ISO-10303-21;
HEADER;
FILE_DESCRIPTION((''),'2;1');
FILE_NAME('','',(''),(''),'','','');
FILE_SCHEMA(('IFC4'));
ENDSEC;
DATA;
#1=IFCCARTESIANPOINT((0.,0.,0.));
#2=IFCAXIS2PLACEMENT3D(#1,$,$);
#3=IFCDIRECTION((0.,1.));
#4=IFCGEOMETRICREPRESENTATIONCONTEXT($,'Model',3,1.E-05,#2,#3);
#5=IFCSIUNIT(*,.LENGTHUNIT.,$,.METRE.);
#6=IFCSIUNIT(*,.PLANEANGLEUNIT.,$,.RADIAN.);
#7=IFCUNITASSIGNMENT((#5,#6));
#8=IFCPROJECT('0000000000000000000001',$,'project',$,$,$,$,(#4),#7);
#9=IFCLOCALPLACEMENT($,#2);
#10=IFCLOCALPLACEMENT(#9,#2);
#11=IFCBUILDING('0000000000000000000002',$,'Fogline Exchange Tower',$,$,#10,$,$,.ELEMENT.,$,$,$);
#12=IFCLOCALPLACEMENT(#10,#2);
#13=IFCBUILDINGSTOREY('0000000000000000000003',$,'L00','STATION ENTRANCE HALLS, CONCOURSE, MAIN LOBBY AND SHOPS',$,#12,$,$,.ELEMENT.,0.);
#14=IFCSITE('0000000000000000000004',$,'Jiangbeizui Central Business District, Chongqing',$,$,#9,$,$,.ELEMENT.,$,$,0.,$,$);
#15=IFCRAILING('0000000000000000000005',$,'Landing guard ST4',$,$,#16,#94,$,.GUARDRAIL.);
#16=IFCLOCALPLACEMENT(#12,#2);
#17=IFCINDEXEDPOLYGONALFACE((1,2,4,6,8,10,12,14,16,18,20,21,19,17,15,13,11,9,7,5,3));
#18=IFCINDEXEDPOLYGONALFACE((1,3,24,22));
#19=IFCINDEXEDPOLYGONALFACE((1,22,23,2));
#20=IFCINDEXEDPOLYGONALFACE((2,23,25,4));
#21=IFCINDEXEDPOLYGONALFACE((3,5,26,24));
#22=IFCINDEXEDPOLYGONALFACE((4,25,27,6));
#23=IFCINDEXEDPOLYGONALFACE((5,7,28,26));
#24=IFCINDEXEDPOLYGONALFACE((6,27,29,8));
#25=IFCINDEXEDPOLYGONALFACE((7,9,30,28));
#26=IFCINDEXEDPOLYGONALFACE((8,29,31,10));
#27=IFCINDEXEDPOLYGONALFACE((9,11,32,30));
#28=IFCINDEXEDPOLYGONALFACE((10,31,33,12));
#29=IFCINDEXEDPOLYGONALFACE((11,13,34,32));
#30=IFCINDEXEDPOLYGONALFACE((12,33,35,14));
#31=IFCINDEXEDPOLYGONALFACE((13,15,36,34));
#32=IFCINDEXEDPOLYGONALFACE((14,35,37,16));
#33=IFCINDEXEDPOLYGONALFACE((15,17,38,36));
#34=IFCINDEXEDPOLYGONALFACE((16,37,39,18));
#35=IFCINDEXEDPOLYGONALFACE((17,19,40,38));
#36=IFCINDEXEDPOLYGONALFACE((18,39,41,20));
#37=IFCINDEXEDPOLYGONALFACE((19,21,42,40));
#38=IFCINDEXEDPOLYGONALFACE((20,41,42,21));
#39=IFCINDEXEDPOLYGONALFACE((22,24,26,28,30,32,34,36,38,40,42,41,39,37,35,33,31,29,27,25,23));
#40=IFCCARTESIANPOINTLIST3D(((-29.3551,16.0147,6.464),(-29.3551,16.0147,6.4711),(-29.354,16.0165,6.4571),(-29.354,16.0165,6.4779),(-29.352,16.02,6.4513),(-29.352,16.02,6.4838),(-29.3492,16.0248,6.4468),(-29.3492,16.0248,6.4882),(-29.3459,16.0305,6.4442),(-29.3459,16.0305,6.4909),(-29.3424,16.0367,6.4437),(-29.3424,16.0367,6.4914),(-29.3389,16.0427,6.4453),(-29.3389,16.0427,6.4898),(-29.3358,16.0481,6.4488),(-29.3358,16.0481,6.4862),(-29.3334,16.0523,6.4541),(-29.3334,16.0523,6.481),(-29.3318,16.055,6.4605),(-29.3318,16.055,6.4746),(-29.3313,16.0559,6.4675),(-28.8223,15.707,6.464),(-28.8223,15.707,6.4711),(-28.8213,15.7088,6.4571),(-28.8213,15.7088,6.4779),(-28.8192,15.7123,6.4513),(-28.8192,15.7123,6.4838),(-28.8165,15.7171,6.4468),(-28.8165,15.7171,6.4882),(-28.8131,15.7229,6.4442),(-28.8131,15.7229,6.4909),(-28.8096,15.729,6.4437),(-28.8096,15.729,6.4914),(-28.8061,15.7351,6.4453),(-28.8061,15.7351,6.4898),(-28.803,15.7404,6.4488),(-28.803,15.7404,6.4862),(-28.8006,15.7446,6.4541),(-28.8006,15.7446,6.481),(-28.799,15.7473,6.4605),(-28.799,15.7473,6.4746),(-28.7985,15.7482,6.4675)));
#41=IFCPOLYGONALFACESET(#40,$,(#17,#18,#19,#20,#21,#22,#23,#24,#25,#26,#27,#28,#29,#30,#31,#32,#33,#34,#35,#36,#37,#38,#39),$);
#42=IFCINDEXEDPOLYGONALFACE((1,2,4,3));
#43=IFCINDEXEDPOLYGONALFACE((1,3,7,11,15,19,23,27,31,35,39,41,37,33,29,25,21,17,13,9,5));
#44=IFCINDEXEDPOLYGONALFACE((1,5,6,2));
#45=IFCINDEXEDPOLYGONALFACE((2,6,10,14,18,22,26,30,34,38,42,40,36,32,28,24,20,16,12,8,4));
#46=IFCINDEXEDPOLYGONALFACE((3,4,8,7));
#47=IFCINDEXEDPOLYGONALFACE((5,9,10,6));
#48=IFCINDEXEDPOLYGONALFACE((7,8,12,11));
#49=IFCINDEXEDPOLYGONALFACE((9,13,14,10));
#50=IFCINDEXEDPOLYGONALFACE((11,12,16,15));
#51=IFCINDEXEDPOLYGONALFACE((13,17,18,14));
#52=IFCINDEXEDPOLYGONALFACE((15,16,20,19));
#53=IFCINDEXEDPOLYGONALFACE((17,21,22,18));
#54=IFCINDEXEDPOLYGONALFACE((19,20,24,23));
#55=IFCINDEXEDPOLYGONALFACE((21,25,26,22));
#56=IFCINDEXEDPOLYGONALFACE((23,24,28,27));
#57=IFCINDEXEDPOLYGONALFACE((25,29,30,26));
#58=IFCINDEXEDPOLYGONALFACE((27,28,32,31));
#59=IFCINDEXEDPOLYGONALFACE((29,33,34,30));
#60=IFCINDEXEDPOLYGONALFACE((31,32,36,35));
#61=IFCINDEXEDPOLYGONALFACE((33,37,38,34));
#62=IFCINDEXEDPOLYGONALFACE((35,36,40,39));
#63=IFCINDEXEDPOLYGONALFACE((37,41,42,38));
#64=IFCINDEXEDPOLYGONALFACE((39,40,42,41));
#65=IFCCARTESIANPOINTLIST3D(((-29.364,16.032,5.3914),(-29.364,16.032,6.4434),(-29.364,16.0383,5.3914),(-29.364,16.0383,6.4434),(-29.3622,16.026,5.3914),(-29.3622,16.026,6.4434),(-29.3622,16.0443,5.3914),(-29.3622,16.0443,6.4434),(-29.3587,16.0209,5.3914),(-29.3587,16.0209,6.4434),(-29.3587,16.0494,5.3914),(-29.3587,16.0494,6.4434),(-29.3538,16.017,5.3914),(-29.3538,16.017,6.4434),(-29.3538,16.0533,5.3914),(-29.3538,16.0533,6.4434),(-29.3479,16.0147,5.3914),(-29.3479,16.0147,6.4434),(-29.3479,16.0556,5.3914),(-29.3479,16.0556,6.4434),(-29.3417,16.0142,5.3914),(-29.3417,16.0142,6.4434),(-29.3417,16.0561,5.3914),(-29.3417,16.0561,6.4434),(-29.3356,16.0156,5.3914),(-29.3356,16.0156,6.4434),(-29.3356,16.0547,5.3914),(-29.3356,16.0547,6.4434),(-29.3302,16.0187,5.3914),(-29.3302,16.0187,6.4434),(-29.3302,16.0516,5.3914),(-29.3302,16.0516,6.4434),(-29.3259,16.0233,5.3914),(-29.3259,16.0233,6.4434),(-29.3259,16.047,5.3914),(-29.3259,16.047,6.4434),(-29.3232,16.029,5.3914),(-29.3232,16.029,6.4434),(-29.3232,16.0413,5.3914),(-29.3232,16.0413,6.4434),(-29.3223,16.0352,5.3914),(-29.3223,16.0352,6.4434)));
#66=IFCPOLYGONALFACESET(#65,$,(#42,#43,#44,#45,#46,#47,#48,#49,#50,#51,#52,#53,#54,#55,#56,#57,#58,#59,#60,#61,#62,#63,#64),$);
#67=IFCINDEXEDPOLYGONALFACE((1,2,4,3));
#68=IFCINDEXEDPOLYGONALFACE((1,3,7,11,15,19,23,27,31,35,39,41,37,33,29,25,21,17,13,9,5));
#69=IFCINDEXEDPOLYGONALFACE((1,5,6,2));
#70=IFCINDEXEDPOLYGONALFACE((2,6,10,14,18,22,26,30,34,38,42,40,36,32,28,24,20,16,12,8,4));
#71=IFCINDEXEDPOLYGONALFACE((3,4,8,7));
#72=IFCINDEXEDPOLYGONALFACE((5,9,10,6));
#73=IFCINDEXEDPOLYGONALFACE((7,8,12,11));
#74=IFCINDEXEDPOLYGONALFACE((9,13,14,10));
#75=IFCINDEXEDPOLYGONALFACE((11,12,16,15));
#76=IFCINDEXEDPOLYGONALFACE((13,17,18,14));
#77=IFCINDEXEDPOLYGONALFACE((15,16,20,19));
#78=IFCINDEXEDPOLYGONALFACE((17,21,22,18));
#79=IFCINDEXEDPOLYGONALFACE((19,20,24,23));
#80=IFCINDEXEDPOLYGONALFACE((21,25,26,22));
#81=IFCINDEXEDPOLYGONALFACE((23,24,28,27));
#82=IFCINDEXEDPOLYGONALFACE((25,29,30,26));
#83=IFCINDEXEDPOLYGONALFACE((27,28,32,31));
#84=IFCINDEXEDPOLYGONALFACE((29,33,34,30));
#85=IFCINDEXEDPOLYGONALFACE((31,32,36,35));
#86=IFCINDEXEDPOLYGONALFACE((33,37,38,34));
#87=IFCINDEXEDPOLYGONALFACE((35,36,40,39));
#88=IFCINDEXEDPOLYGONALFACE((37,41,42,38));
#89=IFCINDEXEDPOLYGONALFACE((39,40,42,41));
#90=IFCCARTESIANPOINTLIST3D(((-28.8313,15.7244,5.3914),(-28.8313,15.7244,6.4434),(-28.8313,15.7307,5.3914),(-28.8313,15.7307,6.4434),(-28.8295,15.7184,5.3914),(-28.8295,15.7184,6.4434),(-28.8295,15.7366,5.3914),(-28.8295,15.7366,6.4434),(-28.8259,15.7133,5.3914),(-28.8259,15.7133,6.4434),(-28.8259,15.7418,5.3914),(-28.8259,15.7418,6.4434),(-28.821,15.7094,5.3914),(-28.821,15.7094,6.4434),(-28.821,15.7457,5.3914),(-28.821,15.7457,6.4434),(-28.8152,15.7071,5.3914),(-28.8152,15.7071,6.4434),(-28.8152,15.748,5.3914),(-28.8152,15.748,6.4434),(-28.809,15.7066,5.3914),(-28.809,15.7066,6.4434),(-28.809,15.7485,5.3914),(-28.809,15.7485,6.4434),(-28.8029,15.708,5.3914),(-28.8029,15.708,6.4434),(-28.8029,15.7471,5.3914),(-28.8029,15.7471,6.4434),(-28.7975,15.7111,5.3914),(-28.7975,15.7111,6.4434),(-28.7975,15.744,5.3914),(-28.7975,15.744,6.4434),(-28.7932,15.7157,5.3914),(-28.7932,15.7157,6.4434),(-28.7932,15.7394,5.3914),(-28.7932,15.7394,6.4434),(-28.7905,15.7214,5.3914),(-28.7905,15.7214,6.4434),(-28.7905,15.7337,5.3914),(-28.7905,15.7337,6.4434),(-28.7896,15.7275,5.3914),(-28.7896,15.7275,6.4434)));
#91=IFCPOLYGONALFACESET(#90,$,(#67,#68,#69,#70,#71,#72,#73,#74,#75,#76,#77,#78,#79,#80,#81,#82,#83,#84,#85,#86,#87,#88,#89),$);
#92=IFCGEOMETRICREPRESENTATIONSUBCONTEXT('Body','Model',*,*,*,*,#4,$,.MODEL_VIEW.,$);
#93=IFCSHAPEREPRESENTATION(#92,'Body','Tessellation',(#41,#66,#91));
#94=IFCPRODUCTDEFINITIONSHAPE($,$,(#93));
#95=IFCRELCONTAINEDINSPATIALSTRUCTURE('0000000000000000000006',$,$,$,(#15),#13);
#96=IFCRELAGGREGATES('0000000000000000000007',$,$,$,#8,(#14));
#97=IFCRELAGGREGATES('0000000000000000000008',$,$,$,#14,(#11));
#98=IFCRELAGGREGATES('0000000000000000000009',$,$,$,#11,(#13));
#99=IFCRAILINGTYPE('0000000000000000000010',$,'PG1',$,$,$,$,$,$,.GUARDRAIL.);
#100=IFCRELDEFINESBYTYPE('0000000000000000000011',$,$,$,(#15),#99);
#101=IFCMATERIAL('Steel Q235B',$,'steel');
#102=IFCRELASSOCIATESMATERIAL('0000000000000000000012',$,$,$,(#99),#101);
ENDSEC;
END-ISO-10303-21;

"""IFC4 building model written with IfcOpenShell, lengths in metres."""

from ifc_helpers import new_model, si_unit, direction, frame, origin, origin_2d, place, context, subcontext, project, spatial, circle, extrude, material, type_object, element, save


model = new_model("IFC4")

# Units and contexts
model_context = context("Model", 3, precision=1e-05, world=origin(), true_north=direction((0.0, 1.0)))
body_context = subcontext(model_context, "Body", "Model", "MODEL_VIEW")
ifc_project = project(units=[si_unit("LENGTHUNIT", "METRE"), si_unit("PLANEANGLEUNIT", "RADIAN")], contexts=[model_context])

# Site, building, storey
site_placement = place(None, origin())
site = spatial("IfcSite", under=ifc_project, at=site_placement, Name="Jiangbeizui Central Business District, Chongqing", CompositionType="ELEMENT", RefElevation=0.0)
building_placement = place(site_placement, origin())
building = spatial("IfcBuilding", under=site, at=building_placement, Name="Fogline Exchange Tower", CompositionType="ELEMENT")
storey_placement = place(building_placement, origin())
storey = spatial("IfcBuildingStorey", under=building, at=storey_placement, Name="L00", Description="STATION ENTRANCE HALLS, CONCOURSE, MAIN LOBBY AND SHOPS", CompositionType="ELEMENT", Elevation=0.0)

# Railing
ifc_material_1 = material(Name="Steel Q235B", Category="steel")
railing_type_1 = type_object("IfcRailingType", Name="PG1", PredefinedType="GUARDRAIL", material=ifc_material_1)
railing_placement = place(storey_placement, frame((-29.3433, 16.0352, 5.3914)))
element("IfcRailing", 1, at=railing_placement, inside=storey, type_object=railing_type_1, Name="Landing guard ST4", PredefinedType="GUARDRAIL", context=body_context, shape_type="SweptSolid", body=[
    extrude(circle(Radius=0.0239, at=origin_2d()), frame((0.0, 0.0, 1.0762), z_axis=(0.865987, -0.500066, 0.0), x_axis=(0.500066, 0.865987, 0.0)), (0.0, 0.0, 1.0), 0.6152),
    extrude(circle(Radius=0.021, at=origin_2d()), origin(), (0.0, 0.0, 1.0), 1.052),
    extrude(circle(Radius=0.021, at=origin_2d()), frame((0.5327, -0.3076, 0.0)), (0.0, 0.0, 1.0), 1.052),
])

save(model, "model.ifc")
